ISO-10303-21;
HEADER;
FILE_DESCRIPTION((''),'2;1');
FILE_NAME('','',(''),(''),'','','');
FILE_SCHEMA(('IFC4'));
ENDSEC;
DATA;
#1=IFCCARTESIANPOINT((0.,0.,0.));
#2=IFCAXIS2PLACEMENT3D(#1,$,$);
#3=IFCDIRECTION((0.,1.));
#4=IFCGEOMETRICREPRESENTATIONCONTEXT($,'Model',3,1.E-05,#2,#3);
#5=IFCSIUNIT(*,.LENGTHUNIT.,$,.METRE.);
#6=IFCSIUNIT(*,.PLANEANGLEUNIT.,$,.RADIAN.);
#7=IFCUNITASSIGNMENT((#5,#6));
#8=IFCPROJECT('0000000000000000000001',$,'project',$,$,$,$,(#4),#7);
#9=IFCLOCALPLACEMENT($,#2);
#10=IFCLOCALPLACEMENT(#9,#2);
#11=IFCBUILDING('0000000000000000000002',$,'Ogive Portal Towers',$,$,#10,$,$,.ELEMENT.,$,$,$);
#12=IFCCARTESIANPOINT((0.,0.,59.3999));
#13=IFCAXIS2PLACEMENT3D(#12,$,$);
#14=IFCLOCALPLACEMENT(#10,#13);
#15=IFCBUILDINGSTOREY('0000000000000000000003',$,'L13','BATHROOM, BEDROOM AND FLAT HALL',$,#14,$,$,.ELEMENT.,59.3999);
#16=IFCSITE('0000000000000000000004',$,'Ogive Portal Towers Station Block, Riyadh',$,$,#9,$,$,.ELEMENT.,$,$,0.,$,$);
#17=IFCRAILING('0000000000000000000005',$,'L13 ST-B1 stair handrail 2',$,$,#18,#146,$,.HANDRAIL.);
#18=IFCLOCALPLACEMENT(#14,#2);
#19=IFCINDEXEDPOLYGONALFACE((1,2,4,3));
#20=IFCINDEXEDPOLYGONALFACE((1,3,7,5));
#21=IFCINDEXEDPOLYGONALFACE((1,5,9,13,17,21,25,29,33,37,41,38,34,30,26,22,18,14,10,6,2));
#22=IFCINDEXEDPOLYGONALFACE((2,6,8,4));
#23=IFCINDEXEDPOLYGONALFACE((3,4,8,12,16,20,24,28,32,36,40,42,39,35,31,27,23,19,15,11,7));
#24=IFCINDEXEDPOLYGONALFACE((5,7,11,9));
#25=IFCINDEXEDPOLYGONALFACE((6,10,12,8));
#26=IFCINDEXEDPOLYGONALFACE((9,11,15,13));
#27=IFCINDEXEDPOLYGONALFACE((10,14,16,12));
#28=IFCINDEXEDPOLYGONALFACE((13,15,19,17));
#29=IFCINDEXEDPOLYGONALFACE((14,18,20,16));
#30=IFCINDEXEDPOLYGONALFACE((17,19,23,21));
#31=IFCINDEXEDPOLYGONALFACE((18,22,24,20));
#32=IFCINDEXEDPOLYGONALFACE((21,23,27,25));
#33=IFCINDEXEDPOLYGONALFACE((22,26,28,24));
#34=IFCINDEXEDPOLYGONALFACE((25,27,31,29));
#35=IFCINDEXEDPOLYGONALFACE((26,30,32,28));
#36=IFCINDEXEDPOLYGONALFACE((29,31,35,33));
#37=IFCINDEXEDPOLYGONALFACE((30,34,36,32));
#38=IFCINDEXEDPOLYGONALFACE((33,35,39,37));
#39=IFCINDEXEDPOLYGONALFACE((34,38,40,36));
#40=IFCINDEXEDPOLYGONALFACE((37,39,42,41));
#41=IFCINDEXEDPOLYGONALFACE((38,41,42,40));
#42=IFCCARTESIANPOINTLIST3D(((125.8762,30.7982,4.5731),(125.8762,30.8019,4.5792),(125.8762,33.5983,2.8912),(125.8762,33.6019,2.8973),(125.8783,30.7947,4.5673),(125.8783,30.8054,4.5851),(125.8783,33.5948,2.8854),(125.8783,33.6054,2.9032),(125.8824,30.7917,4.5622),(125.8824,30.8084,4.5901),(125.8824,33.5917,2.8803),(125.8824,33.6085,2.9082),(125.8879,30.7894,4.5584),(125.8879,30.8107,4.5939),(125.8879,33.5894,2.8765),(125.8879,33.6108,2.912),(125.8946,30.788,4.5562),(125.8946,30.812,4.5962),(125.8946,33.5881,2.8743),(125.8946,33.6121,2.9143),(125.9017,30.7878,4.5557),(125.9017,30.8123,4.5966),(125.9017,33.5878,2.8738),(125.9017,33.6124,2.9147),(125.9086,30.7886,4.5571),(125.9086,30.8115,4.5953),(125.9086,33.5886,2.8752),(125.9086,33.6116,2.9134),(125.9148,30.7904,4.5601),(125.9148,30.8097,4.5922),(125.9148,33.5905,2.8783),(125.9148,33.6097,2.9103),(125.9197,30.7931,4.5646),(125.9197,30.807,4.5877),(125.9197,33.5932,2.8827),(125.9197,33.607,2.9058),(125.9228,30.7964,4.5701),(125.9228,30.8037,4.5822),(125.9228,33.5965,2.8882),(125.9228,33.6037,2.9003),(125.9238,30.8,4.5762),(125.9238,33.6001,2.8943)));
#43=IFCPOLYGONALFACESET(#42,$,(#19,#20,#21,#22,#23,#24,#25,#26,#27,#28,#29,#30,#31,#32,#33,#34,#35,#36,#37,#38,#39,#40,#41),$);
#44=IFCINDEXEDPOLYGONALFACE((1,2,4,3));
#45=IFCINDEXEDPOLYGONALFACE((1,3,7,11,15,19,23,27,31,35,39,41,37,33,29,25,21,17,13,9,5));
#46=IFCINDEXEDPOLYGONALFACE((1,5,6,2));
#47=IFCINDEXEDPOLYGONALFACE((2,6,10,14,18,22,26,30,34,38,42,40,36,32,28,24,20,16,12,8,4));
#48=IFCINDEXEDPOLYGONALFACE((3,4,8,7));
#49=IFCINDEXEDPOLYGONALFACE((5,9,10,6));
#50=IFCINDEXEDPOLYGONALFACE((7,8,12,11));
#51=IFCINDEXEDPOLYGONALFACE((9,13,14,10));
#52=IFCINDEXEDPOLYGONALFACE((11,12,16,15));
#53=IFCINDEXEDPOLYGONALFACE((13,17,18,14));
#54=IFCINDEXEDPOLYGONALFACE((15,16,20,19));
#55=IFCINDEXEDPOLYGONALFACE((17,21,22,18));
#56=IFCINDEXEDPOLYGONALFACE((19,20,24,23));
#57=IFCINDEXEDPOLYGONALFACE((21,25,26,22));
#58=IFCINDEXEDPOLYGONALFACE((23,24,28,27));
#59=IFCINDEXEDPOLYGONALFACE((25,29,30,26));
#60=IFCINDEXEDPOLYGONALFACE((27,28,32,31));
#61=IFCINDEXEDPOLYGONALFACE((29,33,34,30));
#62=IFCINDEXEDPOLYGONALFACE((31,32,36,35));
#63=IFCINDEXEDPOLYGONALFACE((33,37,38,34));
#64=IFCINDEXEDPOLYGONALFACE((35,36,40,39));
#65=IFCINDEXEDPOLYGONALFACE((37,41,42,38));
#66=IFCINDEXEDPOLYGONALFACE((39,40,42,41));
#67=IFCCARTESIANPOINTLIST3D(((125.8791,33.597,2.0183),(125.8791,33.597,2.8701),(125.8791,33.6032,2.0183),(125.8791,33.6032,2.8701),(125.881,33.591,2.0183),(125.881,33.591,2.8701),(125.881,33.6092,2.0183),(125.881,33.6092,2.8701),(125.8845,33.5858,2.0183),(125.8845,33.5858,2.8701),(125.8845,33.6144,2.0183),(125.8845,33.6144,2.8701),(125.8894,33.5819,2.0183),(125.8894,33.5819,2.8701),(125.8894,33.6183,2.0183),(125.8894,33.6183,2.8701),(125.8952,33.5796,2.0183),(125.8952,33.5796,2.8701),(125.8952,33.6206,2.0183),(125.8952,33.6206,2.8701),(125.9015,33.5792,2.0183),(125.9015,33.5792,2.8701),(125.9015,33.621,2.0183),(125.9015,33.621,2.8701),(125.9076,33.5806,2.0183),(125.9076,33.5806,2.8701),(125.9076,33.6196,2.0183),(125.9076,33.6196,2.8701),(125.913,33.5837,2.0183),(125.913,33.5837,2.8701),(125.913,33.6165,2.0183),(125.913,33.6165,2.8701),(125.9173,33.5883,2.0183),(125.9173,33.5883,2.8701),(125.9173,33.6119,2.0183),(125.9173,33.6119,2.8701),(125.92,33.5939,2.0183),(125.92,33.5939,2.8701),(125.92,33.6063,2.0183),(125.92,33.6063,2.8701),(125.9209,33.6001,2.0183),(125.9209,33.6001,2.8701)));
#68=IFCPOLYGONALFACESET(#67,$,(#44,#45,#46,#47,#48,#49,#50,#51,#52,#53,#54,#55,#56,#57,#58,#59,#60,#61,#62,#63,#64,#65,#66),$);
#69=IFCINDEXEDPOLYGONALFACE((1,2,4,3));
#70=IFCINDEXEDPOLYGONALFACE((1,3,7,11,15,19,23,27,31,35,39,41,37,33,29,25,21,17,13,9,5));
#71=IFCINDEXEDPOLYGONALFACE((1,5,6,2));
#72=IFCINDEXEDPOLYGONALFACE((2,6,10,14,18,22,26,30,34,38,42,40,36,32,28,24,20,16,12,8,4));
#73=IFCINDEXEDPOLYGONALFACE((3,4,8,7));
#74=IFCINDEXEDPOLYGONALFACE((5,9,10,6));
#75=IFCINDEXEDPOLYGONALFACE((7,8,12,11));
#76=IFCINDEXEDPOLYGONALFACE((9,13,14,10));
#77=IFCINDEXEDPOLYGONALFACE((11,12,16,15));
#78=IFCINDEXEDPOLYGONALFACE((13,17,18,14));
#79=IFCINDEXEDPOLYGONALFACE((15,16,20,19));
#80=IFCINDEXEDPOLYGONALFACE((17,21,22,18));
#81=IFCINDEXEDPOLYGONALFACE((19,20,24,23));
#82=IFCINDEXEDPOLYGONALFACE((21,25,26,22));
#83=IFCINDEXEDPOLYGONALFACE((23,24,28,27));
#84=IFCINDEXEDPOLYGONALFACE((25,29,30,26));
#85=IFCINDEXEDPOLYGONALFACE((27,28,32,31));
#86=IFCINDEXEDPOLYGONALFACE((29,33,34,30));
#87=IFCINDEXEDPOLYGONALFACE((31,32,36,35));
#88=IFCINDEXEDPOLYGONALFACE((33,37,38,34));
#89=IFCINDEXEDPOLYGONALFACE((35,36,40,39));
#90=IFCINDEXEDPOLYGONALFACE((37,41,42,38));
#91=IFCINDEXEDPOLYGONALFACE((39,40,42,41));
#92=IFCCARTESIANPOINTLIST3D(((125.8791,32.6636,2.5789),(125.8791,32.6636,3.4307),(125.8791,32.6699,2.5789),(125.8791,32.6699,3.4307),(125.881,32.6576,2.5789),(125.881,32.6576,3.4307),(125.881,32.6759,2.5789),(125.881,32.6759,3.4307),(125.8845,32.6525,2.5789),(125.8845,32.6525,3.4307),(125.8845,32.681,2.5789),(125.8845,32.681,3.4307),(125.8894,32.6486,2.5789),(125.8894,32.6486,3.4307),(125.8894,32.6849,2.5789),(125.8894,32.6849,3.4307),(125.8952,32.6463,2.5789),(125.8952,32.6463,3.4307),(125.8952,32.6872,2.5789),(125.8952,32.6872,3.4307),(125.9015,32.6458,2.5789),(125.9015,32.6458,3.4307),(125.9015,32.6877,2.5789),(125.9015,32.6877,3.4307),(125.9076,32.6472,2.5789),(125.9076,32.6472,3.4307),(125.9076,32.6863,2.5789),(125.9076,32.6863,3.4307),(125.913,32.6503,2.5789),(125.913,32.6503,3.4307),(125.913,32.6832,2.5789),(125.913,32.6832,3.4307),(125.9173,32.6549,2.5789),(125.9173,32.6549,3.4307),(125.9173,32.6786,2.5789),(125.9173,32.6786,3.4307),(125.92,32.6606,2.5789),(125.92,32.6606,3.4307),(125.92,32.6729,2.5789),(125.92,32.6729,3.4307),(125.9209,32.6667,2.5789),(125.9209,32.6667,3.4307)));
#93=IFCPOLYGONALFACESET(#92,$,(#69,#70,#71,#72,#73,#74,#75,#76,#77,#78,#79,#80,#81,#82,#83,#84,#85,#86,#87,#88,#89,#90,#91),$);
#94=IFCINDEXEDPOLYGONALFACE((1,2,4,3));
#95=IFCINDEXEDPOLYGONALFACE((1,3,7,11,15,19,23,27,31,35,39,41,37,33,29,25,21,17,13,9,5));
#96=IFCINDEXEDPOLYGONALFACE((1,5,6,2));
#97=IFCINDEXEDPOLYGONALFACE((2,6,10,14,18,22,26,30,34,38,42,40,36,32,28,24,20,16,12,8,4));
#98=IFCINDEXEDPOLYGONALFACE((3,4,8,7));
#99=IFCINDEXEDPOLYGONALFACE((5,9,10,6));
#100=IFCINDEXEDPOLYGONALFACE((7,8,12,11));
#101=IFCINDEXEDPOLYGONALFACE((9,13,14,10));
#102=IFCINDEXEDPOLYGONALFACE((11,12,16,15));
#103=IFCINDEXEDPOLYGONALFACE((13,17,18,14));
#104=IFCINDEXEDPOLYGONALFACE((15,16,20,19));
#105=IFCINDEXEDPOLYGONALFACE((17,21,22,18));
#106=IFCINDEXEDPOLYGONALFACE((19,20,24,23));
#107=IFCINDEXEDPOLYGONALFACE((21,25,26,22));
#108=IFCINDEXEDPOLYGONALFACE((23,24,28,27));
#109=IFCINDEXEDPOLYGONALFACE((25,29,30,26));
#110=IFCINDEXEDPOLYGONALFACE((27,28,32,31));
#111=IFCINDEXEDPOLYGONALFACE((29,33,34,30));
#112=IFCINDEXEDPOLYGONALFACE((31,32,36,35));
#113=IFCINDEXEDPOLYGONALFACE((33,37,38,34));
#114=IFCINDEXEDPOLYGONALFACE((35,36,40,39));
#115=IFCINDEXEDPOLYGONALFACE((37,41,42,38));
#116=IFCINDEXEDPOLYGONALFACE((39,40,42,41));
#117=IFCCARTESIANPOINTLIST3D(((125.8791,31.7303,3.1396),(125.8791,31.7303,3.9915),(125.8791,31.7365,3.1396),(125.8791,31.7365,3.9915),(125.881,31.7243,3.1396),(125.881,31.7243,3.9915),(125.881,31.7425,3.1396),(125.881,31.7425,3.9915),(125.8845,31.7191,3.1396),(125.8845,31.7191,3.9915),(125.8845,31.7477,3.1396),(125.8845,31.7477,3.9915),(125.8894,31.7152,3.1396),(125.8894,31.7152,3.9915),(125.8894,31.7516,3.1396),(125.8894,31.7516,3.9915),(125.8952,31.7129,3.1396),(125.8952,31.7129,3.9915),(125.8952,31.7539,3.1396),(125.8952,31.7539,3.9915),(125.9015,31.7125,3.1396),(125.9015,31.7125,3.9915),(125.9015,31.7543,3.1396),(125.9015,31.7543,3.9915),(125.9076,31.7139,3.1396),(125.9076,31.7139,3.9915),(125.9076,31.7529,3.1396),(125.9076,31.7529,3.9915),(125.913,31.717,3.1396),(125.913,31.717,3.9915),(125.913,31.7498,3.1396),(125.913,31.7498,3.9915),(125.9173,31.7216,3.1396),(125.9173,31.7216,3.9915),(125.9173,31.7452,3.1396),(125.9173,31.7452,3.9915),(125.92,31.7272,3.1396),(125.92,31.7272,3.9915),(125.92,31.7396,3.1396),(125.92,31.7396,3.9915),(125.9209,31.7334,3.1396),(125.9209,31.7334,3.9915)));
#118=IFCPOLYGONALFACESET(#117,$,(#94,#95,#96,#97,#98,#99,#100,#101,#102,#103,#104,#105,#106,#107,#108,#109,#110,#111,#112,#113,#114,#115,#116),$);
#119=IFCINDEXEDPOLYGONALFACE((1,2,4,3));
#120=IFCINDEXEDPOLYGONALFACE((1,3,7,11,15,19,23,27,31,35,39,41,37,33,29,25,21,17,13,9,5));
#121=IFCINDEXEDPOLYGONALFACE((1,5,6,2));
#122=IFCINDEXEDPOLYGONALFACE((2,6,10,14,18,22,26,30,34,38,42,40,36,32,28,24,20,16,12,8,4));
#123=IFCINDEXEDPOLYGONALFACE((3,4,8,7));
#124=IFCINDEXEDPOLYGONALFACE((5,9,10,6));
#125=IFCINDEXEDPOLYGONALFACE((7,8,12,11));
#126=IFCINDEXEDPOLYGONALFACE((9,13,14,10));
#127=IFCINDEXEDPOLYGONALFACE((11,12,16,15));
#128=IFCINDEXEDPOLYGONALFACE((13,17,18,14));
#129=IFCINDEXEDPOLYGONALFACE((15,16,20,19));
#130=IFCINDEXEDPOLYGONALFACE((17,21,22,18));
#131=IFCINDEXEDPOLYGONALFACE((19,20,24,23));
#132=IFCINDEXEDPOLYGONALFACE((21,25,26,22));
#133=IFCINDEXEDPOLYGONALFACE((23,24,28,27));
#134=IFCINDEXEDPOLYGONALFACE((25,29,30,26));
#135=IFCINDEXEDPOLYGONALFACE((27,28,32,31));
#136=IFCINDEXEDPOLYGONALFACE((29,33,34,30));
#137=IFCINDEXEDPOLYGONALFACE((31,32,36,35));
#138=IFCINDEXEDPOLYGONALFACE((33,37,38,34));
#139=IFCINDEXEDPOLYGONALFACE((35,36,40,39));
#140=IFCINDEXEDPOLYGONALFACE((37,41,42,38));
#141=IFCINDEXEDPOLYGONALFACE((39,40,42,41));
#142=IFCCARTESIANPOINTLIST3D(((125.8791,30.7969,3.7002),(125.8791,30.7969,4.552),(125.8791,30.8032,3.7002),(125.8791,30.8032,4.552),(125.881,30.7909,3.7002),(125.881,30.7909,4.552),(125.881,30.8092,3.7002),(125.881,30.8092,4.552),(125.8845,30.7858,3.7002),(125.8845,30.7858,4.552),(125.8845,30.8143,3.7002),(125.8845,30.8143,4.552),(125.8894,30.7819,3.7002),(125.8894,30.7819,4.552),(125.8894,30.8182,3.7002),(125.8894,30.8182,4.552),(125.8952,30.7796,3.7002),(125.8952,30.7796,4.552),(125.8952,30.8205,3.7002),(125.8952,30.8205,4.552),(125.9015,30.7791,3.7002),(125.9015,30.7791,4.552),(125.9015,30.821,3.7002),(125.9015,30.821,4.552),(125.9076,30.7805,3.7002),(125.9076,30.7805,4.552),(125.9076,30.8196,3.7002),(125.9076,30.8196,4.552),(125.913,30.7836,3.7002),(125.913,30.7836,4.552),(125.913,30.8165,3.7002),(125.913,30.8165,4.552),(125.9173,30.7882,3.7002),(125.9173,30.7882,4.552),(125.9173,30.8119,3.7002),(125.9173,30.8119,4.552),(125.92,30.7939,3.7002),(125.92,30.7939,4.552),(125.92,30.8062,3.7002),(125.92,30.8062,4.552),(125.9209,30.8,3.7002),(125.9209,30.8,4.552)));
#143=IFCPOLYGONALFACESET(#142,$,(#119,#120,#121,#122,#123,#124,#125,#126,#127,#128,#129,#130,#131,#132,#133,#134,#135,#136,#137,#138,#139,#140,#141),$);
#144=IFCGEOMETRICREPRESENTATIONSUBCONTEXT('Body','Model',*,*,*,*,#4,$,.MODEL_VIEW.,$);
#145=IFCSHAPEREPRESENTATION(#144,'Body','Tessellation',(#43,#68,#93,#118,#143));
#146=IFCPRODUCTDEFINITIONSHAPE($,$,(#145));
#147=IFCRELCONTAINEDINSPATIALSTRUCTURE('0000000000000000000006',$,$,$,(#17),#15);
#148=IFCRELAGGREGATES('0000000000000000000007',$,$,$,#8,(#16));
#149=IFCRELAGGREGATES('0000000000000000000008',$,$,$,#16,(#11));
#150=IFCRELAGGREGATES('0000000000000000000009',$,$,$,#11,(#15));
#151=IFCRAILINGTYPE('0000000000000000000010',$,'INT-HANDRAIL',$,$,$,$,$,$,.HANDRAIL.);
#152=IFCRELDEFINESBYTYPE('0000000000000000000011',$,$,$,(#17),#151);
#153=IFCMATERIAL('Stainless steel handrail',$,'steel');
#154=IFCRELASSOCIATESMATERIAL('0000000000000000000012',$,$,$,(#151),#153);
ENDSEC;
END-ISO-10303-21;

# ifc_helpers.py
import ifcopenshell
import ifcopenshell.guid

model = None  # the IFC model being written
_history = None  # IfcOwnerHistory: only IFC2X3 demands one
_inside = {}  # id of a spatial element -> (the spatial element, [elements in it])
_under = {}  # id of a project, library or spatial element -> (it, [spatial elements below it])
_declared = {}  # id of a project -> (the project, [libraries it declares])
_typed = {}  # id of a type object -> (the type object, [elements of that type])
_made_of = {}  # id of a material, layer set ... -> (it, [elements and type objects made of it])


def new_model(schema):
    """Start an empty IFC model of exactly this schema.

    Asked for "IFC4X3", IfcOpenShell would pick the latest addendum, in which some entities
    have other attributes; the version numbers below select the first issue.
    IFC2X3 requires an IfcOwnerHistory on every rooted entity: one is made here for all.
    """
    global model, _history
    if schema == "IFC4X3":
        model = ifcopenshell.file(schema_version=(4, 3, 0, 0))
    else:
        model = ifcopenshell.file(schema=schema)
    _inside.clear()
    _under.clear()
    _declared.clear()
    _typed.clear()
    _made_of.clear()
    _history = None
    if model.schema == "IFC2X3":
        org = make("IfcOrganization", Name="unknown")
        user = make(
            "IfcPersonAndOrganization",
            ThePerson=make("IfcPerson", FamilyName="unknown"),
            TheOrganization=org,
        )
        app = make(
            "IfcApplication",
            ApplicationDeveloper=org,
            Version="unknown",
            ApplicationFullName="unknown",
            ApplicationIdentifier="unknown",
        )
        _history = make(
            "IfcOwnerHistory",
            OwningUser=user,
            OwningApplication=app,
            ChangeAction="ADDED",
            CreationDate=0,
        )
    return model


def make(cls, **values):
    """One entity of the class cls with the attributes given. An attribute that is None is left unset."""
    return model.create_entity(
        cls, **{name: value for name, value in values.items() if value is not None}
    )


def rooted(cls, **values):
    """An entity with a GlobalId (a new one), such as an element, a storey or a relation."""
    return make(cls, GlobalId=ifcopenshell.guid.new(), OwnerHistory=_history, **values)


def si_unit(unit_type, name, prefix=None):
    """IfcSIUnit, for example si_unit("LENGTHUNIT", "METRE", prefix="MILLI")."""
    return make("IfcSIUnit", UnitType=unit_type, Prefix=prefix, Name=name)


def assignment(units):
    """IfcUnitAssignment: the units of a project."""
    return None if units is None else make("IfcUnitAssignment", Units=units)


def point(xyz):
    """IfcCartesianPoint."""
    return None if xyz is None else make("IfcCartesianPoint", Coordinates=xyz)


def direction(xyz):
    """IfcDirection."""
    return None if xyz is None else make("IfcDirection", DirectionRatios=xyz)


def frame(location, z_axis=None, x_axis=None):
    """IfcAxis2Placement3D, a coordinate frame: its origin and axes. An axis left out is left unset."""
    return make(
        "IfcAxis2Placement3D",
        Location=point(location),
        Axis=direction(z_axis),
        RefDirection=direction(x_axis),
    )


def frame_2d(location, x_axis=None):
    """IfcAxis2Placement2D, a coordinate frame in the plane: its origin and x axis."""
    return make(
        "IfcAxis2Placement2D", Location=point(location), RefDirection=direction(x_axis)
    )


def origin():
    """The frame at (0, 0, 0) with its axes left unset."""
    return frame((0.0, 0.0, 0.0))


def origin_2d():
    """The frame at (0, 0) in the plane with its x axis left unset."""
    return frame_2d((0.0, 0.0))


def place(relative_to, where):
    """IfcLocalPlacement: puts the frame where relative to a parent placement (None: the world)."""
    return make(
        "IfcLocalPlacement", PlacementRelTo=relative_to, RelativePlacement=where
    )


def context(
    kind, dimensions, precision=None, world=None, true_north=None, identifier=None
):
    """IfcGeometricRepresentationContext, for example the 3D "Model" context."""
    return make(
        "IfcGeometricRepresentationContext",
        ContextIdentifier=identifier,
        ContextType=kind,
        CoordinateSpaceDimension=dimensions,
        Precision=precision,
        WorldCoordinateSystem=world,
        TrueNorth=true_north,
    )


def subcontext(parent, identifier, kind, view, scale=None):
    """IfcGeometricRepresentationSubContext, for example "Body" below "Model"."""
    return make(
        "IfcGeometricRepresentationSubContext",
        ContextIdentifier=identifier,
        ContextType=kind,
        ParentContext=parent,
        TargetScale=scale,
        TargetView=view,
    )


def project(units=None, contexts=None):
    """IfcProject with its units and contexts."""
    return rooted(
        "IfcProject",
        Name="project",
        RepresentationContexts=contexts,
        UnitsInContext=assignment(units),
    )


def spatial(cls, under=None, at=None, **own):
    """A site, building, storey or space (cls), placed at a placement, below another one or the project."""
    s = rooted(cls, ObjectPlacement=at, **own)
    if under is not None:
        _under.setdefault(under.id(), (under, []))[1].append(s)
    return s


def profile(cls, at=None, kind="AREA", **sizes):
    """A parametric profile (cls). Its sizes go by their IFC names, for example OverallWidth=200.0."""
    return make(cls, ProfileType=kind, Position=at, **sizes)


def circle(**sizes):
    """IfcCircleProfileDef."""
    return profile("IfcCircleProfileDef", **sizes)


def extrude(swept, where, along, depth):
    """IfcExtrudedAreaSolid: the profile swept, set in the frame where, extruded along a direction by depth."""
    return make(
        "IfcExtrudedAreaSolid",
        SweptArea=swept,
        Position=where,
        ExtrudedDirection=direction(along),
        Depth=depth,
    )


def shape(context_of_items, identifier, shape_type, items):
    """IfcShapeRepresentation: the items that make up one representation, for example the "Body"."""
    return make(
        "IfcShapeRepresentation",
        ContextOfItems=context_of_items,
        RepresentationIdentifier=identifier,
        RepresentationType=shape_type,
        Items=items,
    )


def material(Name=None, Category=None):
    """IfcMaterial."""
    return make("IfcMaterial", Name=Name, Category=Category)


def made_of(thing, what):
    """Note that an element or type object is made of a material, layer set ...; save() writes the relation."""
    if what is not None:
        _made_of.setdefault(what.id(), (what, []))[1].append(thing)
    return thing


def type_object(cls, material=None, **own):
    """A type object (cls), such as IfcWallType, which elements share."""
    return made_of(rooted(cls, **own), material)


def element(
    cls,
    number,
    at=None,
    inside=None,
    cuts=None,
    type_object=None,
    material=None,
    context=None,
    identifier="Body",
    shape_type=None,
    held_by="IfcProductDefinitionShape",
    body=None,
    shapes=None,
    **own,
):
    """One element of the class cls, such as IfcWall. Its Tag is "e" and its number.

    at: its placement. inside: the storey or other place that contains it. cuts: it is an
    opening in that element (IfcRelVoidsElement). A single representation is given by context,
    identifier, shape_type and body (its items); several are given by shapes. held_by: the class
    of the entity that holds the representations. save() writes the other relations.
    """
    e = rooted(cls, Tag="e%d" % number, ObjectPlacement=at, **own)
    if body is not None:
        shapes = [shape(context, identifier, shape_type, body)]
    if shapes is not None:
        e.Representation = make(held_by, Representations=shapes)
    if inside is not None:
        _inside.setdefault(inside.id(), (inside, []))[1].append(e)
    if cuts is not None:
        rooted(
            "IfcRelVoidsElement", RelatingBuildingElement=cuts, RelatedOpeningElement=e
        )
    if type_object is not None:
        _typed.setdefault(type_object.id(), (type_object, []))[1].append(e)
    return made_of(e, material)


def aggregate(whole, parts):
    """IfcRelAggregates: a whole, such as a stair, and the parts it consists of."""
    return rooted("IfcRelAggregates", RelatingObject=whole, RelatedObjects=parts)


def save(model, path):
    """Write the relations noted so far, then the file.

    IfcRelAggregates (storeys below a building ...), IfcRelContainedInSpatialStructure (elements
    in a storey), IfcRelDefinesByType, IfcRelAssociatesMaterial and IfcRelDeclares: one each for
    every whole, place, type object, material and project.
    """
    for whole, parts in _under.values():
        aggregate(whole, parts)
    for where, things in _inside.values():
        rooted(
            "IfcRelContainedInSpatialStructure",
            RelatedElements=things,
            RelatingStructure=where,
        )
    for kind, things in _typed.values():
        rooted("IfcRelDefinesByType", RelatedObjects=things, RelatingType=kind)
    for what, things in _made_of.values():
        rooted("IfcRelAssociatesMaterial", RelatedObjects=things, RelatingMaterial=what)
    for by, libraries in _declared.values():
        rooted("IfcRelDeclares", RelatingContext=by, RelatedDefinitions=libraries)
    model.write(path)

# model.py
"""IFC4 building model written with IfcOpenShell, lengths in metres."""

from ifc_helpers import new_model, si_unit, direction, frame, origin, origin_2d, place, context, subcontext, project, spatial, circle, extrude, material, type_object, element, save


model = new_model("IFC4")

# Units and contexts
model_context = context("Model", 3, precision=1e-05, world=origin(), true_north=direction((0.0, 1.0)))
body_context = subcontext(model_context, "Body", "Model", "MODEL_VIEW")
ifc_project = project(units=[si_unit("LENGTHUNIT", "METRE"), si_unit("PLANEANGLEUNIT", "RADIAN")], contexts=[model_context])

# Site, building, storey
site_placement = place(None, origin())
site = spatial("IfcSite", under=ifc_project, at=site_placement, Name="Ogive Portal Towers Station Block, Riyadh", CompositionType="ELEMENT", RefElevation=0.0)
building_placement = place(site_placement, origin())
building = spatial("IfcBuilding", under=site, at=building_placement, Name="Ogive Portal Towers", CompositionType="ELEMENT")
storey_placement = place(building_placement, frame((0.0, 0.0, 59.3999)))
storey = spatial("IfcBuildingStorey", under=building, at=storey_placement, Name="L13", Description="BATHROOM, BEDROOM AND FLAT HALL", CompositionType="ELEMENT", Elevation=59.3999)

# Railing
ifc_material_1 = material(Name="Stainless steel handrail", Category="steel")
railing_type_1 = type_object("IfcRailingType", Name="INT-HANDRAIL", PredefinedType="HANDRAIL", material=ifc_material_1)
railing_1_placement = place(storey_placement, frame((125.8999, 33.6001, 2.0183)))
element("IfcRailing", 1, at=railing_1_placement, inside=storey, type_object=railing_type_1, Name="L13 ST-B1 stair handrail 2", PredefinedType="HANDRAIL", context=body_context, shape_type="SweptSolid", body=[
    extrude(circle(Radius=0.0239, at=origin_2d()), frame((0.0, 0.0, 0.876), z_axis=(0.0, -0.857242, 0.514913), x_axis=(1.0, 0.0, 0.0)), (0.0, 0.0, 1.0), 3.2664),
    extrude(circle(Radius=0.021, at=origin_2d()), origin(), (0.0, 0.0, 1.0), 0.8518),
    extrude(circle(Radius=0.021, at=origin_2d()), frame((0.0, -0.9333, 0.5605)), (0.0, 0.0, 1.0), 0.8518),
    extrude(circle(Radius=0.021, at=origin_2d()), frame((0.0, -1.8667, 1.1213)), (0.0, 0.0, 1.0), 0.8518),
    extrude(circle(Radius=0.021, at=origin_2d()), frame((0.0, -2.8, 1.6819)), (0.0, 0.0, 1.0), 0.8518),
])

save(model, "model.ifc")
